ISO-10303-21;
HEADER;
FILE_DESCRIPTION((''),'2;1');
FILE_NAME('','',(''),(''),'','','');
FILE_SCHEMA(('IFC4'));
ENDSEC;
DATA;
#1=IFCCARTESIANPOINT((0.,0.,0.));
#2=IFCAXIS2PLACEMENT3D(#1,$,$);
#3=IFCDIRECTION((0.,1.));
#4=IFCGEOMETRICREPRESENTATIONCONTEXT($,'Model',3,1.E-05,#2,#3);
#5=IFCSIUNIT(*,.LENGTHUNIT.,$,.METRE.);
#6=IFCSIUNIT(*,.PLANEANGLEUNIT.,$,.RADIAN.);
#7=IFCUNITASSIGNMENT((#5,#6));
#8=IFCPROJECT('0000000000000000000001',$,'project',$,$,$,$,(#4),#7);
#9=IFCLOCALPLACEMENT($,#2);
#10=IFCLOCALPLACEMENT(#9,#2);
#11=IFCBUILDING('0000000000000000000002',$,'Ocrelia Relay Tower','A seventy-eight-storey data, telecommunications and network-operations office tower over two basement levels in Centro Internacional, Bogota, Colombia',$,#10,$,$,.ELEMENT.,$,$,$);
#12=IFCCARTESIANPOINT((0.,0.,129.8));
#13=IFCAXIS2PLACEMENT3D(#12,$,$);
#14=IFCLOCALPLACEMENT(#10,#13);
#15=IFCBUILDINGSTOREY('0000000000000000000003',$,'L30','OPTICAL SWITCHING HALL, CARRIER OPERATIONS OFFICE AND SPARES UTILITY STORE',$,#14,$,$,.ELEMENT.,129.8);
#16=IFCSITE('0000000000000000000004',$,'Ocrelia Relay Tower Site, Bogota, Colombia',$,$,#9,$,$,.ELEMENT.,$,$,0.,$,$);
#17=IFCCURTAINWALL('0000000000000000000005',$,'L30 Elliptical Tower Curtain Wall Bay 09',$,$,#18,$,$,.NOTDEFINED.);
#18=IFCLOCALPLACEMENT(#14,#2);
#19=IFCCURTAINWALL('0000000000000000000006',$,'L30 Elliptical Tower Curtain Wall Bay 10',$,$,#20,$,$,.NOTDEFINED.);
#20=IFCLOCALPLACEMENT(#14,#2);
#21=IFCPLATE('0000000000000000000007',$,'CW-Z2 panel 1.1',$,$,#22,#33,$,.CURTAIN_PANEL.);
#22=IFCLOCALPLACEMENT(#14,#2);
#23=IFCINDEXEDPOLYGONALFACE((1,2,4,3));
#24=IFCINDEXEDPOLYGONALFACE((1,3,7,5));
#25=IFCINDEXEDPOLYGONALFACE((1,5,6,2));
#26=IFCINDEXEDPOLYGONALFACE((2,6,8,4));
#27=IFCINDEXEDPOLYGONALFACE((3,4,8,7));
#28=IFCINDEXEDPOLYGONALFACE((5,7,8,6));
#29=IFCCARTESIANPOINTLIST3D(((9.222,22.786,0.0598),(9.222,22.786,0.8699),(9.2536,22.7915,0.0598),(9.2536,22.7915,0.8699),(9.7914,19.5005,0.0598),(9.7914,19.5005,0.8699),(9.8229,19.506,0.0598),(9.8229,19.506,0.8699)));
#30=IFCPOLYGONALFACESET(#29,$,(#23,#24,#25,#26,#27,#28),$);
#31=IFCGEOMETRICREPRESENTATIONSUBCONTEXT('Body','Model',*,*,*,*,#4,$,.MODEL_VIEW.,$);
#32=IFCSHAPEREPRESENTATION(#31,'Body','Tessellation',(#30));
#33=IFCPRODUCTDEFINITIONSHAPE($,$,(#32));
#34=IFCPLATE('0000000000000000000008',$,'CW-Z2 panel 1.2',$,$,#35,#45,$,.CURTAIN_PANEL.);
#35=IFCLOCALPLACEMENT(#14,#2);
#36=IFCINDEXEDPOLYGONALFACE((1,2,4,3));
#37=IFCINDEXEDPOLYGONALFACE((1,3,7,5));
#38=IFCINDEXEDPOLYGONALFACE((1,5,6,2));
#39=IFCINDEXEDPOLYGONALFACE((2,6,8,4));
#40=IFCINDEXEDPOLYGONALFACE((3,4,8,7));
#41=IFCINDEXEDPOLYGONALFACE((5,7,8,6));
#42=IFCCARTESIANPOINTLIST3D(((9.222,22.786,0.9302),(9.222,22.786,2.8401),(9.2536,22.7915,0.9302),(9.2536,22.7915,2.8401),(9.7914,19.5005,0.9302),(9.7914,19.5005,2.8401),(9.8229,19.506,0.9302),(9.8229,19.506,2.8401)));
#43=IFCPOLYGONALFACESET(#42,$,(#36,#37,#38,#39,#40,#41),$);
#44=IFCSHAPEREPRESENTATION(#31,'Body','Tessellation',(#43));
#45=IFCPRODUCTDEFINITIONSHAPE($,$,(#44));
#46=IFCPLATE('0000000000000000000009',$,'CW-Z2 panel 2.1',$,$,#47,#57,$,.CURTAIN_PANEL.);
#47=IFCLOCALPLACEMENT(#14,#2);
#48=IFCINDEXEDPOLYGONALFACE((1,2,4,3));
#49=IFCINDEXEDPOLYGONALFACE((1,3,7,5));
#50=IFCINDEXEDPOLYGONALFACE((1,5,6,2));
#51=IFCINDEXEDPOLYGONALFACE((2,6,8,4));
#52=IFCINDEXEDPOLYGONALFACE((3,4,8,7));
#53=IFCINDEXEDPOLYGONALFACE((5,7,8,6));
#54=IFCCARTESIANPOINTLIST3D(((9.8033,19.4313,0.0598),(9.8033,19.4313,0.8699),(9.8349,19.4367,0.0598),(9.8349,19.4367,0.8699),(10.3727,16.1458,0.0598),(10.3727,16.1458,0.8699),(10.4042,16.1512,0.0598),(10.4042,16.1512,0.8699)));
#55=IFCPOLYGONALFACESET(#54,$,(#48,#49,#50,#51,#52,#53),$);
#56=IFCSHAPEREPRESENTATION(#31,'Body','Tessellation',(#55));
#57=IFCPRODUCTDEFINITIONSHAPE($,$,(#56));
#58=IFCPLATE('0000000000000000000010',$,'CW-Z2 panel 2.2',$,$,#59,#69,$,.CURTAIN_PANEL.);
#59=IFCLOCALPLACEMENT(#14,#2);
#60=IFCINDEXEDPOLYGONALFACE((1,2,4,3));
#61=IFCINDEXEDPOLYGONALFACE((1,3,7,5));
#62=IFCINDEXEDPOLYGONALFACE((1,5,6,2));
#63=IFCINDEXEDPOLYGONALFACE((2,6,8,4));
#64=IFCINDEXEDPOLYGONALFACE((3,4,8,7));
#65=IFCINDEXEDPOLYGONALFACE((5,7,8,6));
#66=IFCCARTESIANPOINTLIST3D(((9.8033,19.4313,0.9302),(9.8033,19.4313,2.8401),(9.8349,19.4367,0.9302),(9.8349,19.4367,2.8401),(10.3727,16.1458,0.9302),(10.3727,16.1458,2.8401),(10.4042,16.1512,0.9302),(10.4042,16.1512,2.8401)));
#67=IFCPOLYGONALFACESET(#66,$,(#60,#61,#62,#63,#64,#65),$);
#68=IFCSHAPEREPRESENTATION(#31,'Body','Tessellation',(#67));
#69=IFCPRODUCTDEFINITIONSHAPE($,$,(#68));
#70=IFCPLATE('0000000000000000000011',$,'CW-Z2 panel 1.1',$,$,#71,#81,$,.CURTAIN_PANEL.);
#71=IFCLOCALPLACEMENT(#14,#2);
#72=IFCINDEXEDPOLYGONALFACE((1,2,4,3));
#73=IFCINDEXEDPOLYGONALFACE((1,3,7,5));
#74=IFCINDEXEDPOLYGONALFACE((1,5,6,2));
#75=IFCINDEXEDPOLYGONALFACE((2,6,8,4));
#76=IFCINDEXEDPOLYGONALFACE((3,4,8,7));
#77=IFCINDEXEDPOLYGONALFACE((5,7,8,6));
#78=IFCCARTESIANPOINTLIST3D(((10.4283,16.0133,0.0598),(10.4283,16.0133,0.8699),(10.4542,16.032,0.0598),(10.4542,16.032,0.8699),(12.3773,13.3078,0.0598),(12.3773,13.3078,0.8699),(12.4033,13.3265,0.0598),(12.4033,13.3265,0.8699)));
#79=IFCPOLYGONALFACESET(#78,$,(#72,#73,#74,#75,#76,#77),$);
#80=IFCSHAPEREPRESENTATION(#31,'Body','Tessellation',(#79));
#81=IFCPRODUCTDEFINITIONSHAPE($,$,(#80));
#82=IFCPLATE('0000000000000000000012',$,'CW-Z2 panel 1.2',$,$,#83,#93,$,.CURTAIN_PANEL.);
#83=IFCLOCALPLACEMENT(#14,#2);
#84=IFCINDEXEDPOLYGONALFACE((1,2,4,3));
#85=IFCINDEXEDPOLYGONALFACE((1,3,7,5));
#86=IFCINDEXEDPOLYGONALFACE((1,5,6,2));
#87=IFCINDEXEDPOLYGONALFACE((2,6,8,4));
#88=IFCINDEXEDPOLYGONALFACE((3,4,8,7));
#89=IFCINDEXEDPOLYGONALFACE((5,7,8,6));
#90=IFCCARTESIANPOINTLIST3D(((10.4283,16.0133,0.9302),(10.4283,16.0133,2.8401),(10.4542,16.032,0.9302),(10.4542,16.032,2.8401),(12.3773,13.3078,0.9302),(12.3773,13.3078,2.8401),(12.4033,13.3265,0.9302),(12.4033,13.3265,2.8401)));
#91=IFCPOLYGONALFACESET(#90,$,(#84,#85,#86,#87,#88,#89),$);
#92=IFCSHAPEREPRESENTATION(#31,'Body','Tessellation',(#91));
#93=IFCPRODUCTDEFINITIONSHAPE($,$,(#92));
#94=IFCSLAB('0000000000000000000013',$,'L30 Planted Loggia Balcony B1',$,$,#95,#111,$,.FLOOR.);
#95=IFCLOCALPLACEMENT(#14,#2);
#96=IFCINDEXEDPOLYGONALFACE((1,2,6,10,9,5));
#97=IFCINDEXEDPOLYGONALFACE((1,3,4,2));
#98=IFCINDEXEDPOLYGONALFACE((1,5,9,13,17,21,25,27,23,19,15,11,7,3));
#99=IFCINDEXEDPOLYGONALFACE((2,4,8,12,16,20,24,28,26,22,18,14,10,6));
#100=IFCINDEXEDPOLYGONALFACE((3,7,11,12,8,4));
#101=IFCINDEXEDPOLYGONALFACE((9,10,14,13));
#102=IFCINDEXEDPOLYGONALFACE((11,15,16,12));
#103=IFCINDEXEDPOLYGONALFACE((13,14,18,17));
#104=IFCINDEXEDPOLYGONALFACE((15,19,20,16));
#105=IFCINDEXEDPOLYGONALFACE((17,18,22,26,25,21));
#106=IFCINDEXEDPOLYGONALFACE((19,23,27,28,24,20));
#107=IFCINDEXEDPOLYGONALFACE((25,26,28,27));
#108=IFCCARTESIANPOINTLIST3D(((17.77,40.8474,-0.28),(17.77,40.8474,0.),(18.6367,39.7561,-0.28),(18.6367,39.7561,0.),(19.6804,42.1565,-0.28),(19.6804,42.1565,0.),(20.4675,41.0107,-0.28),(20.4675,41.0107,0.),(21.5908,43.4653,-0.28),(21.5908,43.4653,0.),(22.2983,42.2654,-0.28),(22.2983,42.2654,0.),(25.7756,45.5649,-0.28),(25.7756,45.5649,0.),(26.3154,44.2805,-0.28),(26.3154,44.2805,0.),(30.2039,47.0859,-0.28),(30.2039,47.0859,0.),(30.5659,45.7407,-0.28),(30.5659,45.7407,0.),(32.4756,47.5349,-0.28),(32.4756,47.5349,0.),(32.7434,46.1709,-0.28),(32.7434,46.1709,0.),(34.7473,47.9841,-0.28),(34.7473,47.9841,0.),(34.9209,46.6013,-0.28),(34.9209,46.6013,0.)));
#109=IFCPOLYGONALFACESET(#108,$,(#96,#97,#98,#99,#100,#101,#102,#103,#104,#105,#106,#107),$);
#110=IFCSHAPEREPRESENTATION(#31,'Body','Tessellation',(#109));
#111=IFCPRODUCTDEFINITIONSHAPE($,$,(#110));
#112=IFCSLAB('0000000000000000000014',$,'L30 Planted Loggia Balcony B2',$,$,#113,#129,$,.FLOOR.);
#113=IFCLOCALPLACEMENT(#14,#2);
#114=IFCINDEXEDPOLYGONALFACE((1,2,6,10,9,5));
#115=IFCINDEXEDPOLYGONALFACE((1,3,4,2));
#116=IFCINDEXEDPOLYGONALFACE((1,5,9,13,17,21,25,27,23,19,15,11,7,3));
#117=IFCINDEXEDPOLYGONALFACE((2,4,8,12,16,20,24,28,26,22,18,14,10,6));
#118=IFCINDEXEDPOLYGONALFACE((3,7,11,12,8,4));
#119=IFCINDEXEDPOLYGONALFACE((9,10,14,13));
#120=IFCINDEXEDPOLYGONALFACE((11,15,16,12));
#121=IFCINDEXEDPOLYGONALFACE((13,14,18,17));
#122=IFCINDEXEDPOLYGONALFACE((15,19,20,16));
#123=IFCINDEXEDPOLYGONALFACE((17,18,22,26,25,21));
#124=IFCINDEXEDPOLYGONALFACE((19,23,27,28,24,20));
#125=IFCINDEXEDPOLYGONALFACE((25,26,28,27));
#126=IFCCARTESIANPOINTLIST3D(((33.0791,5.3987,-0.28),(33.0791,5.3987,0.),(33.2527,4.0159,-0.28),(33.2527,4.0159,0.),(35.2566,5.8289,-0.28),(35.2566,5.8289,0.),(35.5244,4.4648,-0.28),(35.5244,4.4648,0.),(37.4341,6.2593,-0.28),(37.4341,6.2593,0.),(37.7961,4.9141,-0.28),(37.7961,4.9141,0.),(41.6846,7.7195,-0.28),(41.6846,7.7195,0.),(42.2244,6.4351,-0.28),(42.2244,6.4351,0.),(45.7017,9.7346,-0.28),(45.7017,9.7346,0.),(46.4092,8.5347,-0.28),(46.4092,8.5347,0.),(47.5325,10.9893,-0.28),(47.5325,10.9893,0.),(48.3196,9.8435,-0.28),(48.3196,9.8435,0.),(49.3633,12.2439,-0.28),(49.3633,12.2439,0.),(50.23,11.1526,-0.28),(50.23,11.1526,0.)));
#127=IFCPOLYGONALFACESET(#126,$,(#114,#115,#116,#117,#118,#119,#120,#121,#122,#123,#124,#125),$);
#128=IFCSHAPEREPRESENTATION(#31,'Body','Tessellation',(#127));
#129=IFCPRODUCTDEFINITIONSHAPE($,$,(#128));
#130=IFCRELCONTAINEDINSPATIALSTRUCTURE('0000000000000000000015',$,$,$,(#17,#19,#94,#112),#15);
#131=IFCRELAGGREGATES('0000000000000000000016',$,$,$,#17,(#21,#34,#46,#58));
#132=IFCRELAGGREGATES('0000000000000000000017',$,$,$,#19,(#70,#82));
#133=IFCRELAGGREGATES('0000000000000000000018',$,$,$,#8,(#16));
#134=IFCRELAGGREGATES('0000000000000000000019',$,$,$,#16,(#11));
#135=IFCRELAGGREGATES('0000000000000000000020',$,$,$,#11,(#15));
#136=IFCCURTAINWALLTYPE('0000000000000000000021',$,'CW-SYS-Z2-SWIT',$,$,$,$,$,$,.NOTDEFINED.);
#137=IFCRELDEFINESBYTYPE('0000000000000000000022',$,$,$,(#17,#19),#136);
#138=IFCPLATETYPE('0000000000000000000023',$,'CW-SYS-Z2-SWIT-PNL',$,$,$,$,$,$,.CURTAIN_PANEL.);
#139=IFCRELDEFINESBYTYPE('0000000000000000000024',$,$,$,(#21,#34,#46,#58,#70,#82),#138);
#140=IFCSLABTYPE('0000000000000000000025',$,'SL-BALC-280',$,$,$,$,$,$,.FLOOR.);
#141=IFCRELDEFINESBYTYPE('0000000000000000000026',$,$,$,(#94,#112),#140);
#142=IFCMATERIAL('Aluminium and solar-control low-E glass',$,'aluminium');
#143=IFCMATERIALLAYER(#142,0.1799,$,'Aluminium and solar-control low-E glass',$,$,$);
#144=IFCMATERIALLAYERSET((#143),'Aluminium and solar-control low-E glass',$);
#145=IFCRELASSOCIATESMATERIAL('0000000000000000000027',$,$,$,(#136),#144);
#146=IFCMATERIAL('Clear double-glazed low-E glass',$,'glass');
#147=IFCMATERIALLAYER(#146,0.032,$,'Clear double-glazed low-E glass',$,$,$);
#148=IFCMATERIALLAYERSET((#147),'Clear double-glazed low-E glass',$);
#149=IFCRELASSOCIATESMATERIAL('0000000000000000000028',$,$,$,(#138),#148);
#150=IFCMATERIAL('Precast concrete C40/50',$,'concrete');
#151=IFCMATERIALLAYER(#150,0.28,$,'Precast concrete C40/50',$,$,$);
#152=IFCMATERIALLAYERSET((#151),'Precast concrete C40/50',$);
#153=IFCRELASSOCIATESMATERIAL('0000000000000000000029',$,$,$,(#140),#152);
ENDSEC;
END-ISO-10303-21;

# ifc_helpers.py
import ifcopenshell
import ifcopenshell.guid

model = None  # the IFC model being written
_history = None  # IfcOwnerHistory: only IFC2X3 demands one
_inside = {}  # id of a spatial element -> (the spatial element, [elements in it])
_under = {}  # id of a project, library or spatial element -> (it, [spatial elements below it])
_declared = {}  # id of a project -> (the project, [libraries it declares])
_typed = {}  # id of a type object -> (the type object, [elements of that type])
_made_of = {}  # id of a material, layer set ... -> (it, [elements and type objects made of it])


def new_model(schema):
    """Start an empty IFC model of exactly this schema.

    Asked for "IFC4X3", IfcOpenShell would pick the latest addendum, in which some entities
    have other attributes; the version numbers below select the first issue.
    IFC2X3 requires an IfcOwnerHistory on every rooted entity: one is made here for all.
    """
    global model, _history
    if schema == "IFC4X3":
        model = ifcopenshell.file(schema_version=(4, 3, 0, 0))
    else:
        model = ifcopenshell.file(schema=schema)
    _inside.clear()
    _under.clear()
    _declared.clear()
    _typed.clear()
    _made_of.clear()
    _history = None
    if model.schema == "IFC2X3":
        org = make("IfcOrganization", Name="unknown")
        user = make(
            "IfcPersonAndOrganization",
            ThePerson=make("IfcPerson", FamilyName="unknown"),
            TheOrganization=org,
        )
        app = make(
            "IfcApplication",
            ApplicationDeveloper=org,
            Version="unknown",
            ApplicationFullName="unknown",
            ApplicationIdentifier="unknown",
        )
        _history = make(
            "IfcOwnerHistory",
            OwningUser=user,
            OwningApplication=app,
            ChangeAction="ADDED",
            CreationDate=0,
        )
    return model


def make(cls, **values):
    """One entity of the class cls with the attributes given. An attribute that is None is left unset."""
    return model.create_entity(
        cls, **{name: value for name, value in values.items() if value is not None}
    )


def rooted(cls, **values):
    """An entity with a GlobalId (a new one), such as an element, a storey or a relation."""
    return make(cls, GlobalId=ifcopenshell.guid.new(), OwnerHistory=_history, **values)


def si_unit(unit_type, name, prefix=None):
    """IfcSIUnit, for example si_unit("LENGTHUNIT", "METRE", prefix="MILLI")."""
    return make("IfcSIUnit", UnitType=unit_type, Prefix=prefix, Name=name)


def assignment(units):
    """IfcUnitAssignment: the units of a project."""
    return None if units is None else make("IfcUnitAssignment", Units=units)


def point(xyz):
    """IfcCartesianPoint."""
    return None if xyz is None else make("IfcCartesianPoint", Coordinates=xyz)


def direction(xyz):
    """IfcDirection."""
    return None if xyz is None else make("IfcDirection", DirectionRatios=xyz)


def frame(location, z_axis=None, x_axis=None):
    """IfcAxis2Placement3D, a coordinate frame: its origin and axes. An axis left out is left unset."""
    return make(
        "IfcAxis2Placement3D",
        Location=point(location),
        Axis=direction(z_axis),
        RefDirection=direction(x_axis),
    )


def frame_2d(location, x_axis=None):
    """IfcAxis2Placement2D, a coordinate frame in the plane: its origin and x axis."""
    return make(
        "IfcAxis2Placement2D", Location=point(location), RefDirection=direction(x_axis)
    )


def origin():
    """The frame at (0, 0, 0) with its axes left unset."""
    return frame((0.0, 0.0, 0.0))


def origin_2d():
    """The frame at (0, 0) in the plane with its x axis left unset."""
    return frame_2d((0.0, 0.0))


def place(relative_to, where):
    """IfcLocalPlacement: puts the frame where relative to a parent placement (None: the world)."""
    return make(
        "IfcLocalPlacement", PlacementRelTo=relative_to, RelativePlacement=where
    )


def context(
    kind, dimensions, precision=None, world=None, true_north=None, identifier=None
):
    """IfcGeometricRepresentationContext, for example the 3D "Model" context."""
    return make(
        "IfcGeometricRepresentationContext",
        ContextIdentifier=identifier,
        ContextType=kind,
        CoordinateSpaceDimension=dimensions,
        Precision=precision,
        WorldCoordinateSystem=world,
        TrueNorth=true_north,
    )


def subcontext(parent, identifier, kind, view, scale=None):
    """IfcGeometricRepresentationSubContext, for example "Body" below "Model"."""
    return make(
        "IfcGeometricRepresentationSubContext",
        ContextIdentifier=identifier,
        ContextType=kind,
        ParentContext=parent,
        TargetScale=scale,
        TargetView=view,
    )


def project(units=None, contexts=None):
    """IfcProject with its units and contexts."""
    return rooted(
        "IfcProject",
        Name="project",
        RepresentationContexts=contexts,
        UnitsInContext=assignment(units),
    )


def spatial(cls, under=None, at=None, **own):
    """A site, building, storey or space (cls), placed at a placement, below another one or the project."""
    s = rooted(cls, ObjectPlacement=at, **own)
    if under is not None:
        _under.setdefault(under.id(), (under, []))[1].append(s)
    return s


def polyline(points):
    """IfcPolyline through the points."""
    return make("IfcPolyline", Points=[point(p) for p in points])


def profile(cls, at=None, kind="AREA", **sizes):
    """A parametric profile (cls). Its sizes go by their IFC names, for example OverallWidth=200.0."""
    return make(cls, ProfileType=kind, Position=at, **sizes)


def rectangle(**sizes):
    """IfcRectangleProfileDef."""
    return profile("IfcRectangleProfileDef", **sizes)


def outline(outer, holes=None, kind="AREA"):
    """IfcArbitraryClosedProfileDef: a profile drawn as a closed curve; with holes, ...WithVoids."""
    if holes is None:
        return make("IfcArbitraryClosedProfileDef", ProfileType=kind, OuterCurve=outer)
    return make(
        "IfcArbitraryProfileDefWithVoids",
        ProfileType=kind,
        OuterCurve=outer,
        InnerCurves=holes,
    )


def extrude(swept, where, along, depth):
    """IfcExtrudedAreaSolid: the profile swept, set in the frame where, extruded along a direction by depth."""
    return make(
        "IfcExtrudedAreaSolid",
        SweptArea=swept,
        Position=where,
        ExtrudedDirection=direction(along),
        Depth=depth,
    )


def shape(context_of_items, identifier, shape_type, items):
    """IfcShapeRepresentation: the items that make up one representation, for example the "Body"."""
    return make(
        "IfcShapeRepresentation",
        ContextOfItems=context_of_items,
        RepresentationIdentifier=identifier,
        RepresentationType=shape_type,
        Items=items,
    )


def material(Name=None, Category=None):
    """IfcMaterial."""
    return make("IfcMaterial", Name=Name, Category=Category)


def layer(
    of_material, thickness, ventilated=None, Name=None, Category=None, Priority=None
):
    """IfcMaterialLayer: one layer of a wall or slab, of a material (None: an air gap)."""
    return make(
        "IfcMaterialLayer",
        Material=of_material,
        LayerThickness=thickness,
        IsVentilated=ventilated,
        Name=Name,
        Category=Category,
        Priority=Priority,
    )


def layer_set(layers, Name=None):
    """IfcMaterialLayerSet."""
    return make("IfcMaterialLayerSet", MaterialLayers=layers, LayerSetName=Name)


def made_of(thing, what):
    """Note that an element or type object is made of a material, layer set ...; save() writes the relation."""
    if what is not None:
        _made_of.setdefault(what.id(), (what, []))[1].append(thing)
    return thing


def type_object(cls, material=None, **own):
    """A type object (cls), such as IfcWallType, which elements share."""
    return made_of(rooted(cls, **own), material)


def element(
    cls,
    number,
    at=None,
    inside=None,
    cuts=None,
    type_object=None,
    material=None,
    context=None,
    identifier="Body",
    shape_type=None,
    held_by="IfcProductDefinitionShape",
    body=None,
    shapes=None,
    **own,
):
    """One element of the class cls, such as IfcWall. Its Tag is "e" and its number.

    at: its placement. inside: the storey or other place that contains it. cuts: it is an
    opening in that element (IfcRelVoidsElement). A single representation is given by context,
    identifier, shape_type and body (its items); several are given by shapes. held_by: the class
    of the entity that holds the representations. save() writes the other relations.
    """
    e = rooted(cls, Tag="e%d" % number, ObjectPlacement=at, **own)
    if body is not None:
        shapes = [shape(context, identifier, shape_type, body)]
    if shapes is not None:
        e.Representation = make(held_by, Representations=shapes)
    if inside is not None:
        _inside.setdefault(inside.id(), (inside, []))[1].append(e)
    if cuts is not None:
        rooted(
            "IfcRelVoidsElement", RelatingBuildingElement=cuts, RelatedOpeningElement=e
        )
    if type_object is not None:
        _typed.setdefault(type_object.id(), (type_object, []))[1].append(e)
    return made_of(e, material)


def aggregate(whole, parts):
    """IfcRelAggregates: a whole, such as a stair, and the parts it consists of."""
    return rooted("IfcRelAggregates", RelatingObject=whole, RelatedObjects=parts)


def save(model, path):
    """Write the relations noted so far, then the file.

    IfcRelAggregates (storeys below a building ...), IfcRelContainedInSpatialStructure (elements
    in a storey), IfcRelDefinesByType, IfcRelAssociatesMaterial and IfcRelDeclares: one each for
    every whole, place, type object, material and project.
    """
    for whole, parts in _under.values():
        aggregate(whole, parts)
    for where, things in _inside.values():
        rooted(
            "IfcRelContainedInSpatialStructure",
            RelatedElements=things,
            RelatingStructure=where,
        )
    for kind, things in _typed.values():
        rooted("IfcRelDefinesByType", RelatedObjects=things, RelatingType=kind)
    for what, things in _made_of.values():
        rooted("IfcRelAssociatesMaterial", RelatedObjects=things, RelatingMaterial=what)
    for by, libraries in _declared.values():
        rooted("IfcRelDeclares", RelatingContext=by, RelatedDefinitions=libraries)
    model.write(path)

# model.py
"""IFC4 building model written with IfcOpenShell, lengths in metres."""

from ifc_helpers import new_model, si_unit, direction, frame, origin, origin_2d, place, context, subcontext, project, spatial, polyline, rectangle, outline, extrude, material, layer, layer_set, type_object, element, aggregate, save


model = new_model("IFC4")

# Units and contexts
model_context = context("Model", 3, precision=1e-05, world=origin(), true_north=direction((0.0, 1.0)))
body_context = subcontext(model_context, "Body", "Model", "MODEL_VIEW")
ifc_project = project(units=[si_unit("LENGTHUNIT", "METRE"), si_unit("PLANEANGLEUNIT", "RADIAN")], contexts=[model_context])

# Site, building, storey
site_placement = place(None, origin())
site = spatial("IfcSite", under=ifc_project, at=site_placement, Name="Ocrelia Relay Tower Site, Bogota, Colombia", CompositionType="ELEMENT", RefElevation=0.0)
building_placement = place(site_placement, origin())
building = spatial("IfcBuilding", under=site, at=building_placement, Name="Ocrelia Relay Tower", Description="A seventy-eight-storey data, telecommunications and network-operations office tower over two basement levels in Centro Internacional, Bogota, Colombia", CompositionType="ELEMENT")
storey_placement = place(building_placement, frame((0.0, 0.0, 129.8)))
storey = spatial("IfcBuildingStorey", under=building, at=storey_placement, Name="L30", Description="OPTICAL SWITCHING HALL, CARRIER OPERATIONS OFFICE AND SPARES UTILITY STORE", CompositionType="ELEMENT", Elevation=129.8)

# Curtain walls
ifc_material_1 = material(Name="Aluminium and solar-control low-E glass", Category="aluminium")
ifc_layer_1 = layer(ifc_material_1, 0.1799, Name="Aluminium and solar-control low-E glass")
ifc_layer_set_1 = layer_set([ifc_layer_1], Name="Aluminium and solar-control low-E glass")
curtain_wall_type = type_object("IfcCurtainWallType", Name="CW-SYS-Z2-SWIT", PredefinedType="NOTDEFINED", material=ifc_layer_set_1)
curtain_wall_1_placement = place(storey_placement, origin())
curtain_wall_1 = element("IfcCurtainWall", 1, at=curtain_wall_1_placement, inside=storey, type_object=curtain_wall_type, Name="L30 Elliptical Tower Curtain Wall Bay 09", PredefinedType="NOTDEFINED")
curtain_wall_2_placement = place(storey_placement, origin())
curtain_wall_2 = element("IfcCurtainWall", 2, at=curtain_wall_2_placement, inside=storey, type_object=curtain_wall_type, Name="L30 Elliptical Tower Curtain Wall Bay 10", PredefinedType="NOTDEFINED")

# Plates
ifc_material_2 = material(Name="Clear double-glazed low-E glass", Category="glass")
ifc_layer_2 = layer(ifc_material_2, 0.032, Name="Clear double-glazed low-E glass")
ifc_layer_set_2 = layer_set([ifc_layer_2], Name="Clear double-glazed low-E glass")
plate_type = type_object("IfcPlateType", Name="CW-SYS-Z2-SWIT-PNL", PredefinedType="CURTAIN_PANEL", material=ifc_layer_set_2)
plate_1_placement = place(storey_placement, frame((9.5225, 21.146, 0.0598), z_axis=(0.0, 0.0, 1.0), x_axis=(0.170734, -0.985317, 0.0)))
plate_1 = element("IfcPlate", 3, at=plate_1_placement, type_object=plate_type, Name="CW-Z2 panel 1.1", PredefinedType="CURTAIN_PANEL", context=body_context, shape_type="SweptSolid", body=[
    extrude(rectangle(XDim=3.3345, YDim=0.032, at=origin_2d()), origin(), (0.0, 0.0, 1.0), 0.8101),
])
plate_2_placement = place(storey_placement, frame((9.5225, 21.146, 0.9302), z_axis=(0.0, 0.0, 1.0), x_axis=(0.170734, -0.985317, 0.0)))
plate_2 = element("IfcPlate", 4, at=plate_2_placement, type_object=plate_type, Name="CW-Z2 panel 1.2", PredefinedType="CURTAIN_PANEL", context=body_context, shape_type="SweptSolid", body=[
    extrude(rectangle(XDim=3.3345, YDim=0.032, at=origin_2d()), origin(), (0.0, 0.0, 1.0), 1.9099),
])
plate_3_placement = place(storey_placement, frame((10.1038, 17.7913, 0.0598), z_axis=(0.0, 0.0, 1.0), x_axis=(0.170734, -0.985317, 0.0)))
plate_3 = element("IfcPlate", 5, at=plate_3_placement, type_object=plate_type, Name="CW-Z2 panel 2.1", PredefinedType="CURTAIN_PANEL", context=body_context, shape_type="SweptSolid", body=[
    extrude(rectangle(XDim=3.3345, YDim=0.032, at=origin_2d()), origin(), (0.0, 0.0, 1.0), 0.8101),
])
plate_4_placement = place(storey_placement, frame((10.1038, 17.7913, 0.9302), z_axis=(0.0, 0.0, 1.0), x_axis=(0.170734, -0.985317, 0.0)))
plate_4 = element("IfcPlate", 6, at=plate_4_placement, type_object=plate_type, Name="CW-Z2 panel 2.2", PredefinedType="CURTAIN_PANEL", context=body_context, shape_type="SweptSolid", body=[
    extrude(rectangle(XDim=3.3345, YDim=0.032, at=origin_2d()), origin(), (0.0, 0.0, 1.0), 1.9099),
])
aggregate(curtain_wall_1, [plate_1, plate_2, plate_3, plate_4])
plate_5_placement = place(storey_placement, frame((11.4158, 14.6699, 0.0598), z_axis=(0.0, 0.0, 1.0), x_axis=(0.584527, -0.811374, 0.0)))
plate_5 = element("IfcPlate", 7, at=plate_5_placement, type_object=plate_type, Name="CW-Z2 panel 1.1", PredefinedType="CURTAIN_PANEL", context=body_context, shape_type="SweptSolid", body=[
    extrude(rectangle(XDim=3.3345, YDim=0.032, at=origin_2d()), origin(), (0.0, 0.0, 1.0), 0.8101),
])
plate_6_placement = place(storey_placement, frame((11.4158, 14.6699, 0.9302), z_axis=(0.0, 0.0, 1.0), x_axis=(0.584527, -0.811374, 0.0)))
plate_6 = element("IfcPlate", 8, at=plate_6_placement, type_object=plate_type, Name="CW-Z2 panel 1.2", PredefinedType="CURTAIN_PANEL", context=body_context, shape_type="SweptSolid", body=[
    extrude(rectangle(XDim=3.3345, YDim=0.032, at=origin_2d()), origin(), (0.0, 0.0, 1.0), 1.9099),
])
aggregate(curtain_wall_2, [plate_5, plate_6])

# Slabs
ifc_material_3 = material(Name="Precast concrete C40/50", Category="concrete")
ifc_layer_3 = layer(ifc_material_3, 0.28, Name="Precast concrete C40/50")
ifc_layer_set_3 = layer_set([ifc_layer_3], Name="Precast concrete C40/50")
slab_type_1 = type_object("IfcSlabType", Name="SL-BALC-280", PredefinedType="FLOOR", material=ifc_layer_set_3)
slab_1_placement = place(storey_placement, frame((0.0, 0.0, -0.28)))
element("IfcSlab", 9, at=slab_1_placement, inside=storey, type_object=slab_type_1, Name="L30 Planted Loggia Balcony B1", PredefinedType="FLOOR", context=body_context, shape_type="SweptSolid", body=[
    extrude(outline(polyline([(34.9209, 46.6013), (32.7434, 46.1709), (30.5659, 45.7407), (26.3154, 44.2805), (22.2983, 42.2654), (20.4675, 41.0107), (18.6367, 39.7561), (17.77, 40.8474), (19.6804, 42.1565), (21.5908, 43.4653), (25.7756, 45.5649), (30.2039, 47.0859), (32.4756, 47.5349), (34.7473, 47.9841), (34.9209, 46.6013)])), origin(), (0.0, 0.0, 1.0), 0.28),
])
slab_2_placement = place(storey_placement, frame((0.0, 0.0, -0.28)))
element("IfcSlab", 10, at=slab_2_placement, inside=storey, type_object=slab_type_1, Name="L30 Planted Loggia Balcony B2", PredefinedType="FLOOR", context=body_context, shape_type="SweptSolid", body=[
    extrude(outline(polyline([(33.0791, 5.3987), (35.2566, 5.8289), (37.4341, 6.2593), (41.6846, 7.7195), (45.7017, 9.7346), (47.5325, 10.9893), (49.3633, 12.2439), (50.23, 11.1526), (48.3196, 9.8435), (46.4092, 8.5347), (42.2244, 6.4351), (37.7961, 4.9141), (35.5244, 4.4648), (33.2527, 4.0159), (33.0791, 5.3987)])), origin(), (0.0, 0.0, 1.0), 0.28),
])

save(model, "model.ifc")
